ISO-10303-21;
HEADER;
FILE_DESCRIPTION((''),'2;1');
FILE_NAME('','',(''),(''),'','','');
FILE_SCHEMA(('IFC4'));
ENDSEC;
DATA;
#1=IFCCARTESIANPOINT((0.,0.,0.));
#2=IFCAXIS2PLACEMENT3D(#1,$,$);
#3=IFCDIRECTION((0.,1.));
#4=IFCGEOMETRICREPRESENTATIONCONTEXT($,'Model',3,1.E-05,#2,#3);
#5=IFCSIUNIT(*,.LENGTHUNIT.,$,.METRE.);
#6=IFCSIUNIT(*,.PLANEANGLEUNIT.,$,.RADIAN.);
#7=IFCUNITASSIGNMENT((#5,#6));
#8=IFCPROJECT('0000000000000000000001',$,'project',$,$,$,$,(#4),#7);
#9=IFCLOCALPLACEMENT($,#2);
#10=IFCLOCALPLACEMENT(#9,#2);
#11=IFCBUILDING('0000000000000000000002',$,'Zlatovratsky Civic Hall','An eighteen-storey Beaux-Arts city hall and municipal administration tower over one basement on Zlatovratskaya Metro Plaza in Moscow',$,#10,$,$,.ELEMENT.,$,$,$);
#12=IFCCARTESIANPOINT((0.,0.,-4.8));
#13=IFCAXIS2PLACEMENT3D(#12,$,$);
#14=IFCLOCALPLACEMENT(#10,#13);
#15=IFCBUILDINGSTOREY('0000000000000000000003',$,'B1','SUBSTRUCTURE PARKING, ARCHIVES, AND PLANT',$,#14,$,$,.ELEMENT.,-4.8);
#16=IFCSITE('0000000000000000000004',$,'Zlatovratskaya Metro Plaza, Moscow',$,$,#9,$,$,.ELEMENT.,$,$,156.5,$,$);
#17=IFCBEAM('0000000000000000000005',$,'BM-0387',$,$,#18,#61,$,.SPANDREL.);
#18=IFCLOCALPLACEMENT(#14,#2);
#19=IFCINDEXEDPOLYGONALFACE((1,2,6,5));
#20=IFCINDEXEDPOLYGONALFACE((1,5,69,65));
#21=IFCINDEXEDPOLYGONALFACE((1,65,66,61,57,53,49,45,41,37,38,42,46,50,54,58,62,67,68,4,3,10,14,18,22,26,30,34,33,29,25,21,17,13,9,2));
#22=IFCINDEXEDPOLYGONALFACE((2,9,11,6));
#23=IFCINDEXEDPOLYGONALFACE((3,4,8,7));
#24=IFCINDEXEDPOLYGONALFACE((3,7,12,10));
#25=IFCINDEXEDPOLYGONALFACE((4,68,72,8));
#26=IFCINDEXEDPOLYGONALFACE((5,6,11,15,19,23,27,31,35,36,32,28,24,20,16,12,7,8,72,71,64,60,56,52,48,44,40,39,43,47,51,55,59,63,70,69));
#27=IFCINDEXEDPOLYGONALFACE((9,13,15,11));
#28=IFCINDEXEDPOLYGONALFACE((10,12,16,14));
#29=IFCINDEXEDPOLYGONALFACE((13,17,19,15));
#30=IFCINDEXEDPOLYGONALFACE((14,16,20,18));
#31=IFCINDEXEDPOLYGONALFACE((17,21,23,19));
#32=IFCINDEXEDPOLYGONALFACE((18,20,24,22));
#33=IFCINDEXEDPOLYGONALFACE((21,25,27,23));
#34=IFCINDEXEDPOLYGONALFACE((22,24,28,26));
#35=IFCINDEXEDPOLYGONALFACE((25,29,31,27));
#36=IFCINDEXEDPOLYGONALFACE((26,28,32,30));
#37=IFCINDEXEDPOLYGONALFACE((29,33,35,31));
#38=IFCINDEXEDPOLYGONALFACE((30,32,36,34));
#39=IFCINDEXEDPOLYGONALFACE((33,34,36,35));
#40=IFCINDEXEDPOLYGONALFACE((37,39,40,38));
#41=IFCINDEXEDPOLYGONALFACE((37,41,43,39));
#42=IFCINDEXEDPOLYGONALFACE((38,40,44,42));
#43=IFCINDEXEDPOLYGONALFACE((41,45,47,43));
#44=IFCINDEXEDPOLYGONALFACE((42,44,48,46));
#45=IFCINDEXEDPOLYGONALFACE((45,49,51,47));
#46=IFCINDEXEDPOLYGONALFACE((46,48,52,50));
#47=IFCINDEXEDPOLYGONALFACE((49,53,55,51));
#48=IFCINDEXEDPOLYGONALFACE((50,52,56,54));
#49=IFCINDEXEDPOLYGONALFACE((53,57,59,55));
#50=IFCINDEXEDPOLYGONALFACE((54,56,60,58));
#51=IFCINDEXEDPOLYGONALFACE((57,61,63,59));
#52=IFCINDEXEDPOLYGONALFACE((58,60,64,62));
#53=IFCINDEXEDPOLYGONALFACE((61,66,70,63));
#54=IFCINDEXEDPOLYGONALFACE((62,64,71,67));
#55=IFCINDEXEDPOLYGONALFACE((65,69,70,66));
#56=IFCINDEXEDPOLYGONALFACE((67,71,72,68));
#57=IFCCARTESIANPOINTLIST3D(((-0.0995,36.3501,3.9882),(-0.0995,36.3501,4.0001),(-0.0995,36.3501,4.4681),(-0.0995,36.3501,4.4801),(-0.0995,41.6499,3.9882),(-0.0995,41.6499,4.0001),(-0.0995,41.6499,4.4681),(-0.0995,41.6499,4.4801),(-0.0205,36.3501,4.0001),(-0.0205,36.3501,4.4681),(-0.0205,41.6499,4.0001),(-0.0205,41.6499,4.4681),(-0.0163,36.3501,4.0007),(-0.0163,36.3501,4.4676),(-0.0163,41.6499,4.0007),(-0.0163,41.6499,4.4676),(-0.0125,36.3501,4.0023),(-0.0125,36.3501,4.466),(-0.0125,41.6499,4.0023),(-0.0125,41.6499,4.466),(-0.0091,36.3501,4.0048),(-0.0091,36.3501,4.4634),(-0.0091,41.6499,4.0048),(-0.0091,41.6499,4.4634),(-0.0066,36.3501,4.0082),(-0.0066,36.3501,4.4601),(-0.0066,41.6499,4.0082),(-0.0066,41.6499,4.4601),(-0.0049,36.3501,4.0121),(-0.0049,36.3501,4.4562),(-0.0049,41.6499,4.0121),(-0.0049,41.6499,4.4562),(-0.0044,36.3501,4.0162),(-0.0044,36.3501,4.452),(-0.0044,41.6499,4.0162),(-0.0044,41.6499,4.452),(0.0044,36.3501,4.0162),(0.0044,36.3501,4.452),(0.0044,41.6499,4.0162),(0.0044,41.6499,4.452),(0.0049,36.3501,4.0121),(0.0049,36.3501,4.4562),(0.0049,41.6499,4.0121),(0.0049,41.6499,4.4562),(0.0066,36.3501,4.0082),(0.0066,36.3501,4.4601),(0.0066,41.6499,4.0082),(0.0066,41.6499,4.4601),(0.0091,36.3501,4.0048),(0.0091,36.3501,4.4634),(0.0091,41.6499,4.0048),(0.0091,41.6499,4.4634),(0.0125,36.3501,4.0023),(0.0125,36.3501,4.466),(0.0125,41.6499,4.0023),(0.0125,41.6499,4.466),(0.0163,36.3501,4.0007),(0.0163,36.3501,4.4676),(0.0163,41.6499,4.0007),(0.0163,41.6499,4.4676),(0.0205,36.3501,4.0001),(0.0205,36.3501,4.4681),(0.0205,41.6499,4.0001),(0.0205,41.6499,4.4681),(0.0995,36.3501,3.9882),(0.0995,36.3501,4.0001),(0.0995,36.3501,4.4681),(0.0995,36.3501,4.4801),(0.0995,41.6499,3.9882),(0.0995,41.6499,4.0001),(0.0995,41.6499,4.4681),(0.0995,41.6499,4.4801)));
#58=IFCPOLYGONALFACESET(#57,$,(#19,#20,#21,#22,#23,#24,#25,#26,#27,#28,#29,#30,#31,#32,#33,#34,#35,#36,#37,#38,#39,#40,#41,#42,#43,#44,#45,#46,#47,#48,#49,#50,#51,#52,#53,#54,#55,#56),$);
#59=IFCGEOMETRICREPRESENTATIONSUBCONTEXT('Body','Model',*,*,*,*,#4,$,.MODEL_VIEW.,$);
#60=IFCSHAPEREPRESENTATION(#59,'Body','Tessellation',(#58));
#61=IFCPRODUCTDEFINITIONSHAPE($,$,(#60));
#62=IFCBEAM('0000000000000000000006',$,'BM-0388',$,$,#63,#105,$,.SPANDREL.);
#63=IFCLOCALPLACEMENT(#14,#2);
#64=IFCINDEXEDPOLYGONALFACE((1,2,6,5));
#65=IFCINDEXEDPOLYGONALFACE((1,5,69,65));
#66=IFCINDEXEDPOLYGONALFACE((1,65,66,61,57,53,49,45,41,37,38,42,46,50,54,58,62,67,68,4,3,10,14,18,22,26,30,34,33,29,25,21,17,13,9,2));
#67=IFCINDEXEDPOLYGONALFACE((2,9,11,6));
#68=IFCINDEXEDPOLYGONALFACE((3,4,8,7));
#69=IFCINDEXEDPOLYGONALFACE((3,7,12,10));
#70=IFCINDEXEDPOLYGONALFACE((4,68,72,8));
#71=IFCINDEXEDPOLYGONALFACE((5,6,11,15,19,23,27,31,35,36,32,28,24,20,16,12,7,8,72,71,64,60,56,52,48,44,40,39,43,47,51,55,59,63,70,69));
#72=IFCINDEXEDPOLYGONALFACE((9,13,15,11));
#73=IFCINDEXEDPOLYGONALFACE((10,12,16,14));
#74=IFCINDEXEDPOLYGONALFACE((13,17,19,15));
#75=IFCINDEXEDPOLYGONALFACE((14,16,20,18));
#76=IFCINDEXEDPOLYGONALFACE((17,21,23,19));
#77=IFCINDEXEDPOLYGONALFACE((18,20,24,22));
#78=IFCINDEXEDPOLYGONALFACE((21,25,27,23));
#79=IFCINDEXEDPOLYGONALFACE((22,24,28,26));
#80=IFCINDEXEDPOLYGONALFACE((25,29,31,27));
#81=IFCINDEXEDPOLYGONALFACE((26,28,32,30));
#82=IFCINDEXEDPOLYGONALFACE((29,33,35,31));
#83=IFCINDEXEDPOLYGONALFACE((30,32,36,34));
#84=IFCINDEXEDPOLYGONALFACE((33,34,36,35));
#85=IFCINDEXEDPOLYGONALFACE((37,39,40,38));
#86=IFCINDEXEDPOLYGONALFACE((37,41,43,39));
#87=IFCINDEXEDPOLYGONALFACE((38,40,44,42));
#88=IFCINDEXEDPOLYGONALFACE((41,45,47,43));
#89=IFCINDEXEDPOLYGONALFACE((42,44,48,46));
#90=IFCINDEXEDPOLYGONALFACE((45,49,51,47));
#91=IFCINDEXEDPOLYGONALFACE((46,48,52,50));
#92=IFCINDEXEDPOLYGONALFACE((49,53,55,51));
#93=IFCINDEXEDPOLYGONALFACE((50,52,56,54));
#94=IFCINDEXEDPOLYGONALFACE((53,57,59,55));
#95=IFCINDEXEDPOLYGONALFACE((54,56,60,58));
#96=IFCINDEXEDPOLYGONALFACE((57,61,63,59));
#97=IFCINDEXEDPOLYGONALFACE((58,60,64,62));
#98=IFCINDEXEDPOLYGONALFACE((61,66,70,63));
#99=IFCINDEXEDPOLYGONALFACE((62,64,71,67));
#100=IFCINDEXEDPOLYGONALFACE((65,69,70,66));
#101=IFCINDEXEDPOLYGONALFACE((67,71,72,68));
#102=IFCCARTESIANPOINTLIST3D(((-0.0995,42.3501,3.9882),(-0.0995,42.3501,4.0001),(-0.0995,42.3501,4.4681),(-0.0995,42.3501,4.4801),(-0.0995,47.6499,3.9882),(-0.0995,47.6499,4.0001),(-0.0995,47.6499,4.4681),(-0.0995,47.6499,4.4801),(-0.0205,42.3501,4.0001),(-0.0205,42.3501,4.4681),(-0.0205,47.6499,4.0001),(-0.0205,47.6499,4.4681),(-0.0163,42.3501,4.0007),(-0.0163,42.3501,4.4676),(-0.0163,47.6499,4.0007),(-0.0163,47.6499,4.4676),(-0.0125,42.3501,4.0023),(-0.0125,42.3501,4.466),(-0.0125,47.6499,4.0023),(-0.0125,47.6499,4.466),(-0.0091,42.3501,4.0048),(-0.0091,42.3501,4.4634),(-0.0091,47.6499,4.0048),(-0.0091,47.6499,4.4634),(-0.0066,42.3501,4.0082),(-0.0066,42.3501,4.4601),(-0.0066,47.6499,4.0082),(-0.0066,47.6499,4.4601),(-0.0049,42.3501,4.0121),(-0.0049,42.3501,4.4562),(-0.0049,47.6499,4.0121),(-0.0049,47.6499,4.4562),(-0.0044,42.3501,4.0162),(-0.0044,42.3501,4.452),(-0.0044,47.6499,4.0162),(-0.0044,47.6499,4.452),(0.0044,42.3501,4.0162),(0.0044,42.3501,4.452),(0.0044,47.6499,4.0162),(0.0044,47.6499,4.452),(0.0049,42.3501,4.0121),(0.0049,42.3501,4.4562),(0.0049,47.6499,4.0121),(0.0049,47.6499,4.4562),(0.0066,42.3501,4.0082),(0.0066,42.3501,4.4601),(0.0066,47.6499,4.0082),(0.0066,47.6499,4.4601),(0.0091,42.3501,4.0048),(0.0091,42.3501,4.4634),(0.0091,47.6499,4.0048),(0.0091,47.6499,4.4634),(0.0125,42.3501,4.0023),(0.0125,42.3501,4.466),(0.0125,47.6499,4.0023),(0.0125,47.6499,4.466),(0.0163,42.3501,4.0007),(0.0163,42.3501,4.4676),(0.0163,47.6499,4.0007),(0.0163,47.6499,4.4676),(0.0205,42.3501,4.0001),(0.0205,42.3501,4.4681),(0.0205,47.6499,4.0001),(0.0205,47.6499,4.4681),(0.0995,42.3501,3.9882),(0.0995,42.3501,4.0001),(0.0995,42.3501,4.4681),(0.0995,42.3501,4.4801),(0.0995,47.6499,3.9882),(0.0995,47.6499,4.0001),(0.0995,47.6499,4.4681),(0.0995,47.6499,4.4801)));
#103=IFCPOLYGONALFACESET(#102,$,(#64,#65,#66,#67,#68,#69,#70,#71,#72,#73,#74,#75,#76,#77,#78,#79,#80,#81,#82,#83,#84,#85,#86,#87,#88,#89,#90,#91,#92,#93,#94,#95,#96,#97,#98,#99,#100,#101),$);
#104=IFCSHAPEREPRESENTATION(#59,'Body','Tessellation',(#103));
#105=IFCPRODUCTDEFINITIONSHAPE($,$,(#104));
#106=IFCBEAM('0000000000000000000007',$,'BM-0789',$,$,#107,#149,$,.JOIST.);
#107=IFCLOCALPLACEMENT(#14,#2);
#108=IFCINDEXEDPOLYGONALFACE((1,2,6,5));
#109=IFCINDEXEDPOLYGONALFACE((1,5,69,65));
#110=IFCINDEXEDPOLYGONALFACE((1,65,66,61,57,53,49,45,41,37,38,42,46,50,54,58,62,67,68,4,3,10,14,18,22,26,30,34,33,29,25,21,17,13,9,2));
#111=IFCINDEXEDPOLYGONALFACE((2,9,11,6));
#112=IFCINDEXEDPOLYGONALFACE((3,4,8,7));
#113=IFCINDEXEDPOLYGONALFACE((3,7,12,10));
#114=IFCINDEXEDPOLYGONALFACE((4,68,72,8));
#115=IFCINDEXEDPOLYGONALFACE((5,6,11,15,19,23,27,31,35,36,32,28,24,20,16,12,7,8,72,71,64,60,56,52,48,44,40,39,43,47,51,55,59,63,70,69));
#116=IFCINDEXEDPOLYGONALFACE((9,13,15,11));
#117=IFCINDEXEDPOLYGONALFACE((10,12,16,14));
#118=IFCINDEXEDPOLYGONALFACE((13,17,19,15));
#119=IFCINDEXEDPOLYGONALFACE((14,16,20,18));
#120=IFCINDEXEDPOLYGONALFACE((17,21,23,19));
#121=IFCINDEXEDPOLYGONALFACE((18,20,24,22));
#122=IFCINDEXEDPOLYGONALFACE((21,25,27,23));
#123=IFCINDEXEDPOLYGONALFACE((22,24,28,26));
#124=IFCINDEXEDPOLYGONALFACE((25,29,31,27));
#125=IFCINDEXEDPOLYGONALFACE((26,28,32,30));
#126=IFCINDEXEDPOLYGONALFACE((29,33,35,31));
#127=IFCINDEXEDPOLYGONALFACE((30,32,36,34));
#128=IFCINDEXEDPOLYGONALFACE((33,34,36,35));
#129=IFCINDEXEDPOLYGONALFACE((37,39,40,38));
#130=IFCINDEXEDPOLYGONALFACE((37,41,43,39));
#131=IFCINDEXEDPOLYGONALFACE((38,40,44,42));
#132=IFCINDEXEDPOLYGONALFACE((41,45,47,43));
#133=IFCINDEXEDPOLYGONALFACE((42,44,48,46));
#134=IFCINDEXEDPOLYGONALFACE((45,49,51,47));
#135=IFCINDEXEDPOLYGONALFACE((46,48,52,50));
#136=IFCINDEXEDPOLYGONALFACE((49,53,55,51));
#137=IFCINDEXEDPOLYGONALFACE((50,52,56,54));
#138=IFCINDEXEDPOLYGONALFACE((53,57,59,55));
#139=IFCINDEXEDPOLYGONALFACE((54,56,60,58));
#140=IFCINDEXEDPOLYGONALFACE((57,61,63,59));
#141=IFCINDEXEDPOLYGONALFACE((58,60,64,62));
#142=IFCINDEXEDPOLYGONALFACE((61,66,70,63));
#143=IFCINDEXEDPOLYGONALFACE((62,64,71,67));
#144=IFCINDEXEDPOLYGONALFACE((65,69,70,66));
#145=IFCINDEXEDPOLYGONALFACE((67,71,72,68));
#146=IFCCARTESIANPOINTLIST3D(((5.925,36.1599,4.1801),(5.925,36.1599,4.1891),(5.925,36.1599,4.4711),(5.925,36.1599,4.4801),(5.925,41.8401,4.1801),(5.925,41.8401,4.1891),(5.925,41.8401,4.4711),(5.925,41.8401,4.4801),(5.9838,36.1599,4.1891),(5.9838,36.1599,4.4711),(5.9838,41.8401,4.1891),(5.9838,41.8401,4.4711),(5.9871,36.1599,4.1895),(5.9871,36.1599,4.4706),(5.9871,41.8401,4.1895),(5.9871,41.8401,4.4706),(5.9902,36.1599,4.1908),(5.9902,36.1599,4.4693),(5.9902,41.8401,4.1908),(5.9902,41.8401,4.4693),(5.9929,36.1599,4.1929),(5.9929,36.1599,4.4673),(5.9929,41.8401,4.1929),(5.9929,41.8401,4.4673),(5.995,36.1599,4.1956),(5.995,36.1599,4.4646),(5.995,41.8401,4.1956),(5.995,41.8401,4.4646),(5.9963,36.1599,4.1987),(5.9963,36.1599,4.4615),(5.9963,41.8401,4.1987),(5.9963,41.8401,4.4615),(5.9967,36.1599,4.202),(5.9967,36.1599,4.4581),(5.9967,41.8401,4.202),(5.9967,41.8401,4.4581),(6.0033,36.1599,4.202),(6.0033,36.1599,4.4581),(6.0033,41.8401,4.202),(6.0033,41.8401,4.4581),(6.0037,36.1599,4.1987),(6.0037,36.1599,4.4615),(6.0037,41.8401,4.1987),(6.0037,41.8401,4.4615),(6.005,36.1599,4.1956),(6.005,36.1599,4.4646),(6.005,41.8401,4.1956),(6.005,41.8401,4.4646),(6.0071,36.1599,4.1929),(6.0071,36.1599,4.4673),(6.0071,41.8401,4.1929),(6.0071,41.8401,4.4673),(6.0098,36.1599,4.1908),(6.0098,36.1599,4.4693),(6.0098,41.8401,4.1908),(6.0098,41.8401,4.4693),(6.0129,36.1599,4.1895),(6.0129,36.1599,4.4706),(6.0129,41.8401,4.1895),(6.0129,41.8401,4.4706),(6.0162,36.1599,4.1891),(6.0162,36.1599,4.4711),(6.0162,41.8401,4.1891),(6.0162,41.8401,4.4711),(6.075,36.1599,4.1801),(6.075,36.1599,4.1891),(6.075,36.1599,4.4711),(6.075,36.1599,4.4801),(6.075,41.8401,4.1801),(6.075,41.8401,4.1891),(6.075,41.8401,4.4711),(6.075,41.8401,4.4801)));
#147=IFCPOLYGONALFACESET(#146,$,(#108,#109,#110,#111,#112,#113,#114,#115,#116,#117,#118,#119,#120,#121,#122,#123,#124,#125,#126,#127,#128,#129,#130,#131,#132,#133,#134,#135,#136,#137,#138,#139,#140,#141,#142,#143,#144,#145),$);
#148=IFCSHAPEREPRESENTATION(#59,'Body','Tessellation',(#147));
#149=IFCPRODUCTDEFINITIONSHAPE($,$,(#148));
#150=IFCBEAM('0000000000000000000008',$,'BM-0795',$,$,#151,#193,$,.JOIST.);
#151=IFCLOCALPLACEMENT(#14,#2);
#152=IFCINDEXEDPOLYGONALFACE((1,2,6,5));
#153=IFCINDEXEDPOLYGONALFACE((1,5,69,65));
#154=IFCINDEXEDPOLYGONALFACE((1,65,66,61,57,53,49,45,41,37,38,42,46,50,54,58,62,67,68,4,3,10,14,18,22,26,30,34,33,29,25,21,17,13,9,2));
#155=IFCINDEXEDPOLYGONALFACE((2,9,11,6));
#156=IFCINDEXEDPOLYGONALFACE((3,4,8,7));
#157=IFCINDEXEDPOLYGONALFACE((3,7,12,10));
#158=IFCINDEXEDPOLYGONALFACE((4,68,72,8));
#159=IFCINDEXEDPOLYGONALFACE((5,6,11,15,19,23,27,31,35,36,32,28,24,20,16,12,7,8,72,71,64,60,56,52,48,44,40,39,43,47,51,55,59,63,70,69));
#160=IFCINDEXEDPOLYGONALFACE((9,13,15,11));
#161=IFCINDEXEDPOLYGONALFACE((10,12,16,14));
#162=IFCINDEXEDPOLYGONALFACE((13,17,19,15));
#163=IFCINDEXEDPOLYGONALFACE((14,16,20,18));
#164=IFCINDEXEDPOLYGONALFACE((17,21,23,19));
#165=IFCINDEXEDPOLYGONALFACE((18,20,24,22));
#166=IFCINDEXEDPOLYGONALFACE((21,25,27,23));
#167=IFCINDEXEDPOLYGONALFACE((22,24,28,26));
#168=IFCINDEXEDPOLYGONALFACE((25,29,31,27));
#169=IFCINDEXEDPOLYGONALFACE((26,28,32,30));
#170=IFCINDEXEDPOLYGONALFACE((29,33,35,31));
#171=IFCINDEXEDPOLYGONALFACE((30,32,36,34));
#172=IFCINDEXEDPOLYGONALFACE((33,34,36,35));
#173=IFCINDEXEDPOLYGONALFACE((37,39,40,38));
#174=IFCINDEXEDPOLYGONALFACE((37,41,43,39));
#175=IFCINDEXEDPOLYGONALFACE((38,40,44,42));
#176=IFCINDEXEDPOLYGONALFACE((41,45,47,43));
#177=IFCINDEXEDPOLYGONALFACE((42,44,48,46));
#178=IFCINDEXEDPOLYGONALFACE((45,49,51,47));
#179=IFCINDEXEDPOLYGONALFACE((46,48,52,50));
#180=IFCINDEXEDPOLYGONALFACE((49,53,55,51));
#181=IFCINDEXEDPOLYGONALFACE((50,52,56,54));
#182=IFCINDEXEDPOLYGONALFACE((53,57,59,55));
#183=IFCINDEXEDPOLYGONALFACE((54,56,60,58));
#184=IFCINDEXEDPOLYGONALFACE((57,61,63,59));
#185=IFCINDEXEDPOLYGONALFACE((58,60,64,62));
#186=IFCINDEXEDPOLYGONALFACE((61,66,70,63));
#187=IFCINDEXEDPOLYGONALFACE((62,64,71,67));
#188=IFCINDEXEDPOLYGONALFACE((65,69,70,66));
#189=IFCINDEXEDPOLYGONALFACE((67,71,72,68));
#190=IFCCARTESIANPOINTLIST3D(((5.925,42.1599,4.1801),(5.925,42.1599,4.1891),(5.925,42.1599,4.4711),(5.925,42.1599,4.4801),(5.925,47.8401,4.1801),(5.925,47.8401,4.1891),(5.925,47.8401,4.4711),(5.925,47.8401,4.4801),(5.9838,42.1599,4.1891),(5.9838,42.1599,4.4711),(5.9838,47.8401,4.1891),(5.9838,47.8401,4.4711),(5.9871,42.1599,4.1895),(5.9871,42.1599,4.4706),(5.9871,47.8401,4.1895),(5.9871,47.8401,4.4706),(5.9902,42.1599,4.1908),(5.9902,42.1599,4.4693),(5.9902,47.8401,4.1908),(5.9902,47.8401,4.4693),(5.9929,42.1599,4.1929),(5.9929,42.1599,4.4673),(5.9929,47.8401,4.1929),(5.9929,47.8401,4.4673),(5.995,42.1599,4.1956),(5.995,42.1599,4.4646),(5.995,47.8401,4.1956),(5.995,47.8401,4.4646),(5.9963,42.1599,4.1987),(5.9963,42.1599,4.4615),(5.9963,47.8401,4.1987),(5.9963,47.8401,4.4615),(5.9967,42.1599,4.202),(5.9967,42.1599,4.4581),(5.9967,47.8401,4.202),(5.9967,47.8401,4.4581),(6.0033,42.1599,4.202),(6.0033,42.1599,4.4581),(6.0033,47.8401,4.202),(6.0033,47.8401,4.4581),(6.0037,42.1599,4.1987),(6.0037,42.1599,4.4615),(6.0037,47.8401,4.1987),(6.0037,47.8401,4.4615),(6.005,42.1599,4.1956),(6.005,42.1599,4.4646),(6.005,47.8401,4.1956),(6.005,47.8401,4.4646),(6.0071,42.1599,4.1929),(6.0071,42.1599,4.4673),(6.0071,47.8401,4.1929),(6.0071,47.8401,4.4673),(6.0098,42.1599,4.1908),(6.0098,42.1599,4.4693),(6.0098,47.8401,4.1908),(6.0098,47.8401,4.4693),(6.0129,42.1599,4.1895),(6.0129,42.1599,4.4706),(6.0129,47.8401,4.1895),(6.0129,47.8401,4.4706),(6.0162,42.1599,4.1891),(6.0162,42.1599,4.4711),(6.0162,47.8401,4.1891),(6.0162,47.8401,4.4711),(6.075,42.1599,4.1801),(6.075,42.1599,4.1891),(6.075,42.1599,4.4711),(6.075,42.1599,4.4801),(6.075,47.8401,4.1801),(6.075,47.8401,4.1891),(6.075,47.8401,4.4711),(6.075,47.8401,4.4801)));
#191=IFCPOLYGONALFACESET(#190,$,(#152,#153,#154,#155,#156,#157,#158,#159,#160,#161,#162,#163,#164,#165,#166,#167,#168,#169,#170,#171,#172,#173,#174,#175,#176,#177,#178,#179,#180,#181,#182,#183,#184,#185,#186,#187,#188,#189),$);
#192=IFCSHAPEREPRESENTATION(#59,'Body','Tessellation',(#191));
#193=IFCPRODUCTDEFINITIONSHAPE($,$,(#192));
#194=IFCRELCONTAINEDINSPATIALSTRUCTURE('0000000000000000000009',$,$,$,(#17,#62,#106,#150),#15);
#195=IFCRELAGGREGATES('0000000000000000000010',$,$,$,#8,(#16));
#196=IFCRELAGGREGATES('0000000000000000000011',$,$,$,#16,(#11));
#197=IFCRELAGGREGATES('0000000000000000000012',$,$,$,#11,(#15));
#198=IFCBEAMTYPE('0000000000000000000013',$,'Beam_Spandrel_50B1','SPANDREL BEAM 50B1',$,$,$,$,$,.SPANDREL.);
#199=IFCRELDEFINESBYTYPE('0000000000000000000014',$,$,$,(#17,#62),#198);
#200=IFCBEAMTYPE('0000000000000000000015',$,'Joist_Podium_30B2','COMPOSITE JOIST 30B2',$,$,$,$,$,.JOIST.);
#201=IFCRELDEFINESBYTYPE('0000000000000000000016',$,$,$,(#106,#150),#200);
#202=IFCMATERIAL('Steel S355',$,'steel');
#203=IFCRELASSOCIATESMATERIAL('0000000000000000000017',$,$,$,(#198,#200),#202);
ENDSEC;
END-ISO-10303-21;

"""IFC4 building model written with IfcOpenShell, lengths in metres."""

from ifc_helpers import new_model, si_unit, direction, frame, origin, origin_2d, place, context, subcontext, project, spatial, i_section, extrude, material, material_profile, profile_set, type_object, element, save


model = new_model("IFC4")

# Units and contexts
model_context = context("Model", 3, precision=1e-05, world=origin(), true_north=direction((0.0, 1.0)))
body_context = subcontext(model_context, "Body", "Model", "MODEL_VIEW")
ifc_project = project(units=[si_unit("LENGTHUNIT", "METRE"), si_unit("PLANEANGLEUNIT", "RADIAN")], contexts=[model_context])

# Site, building, storey
site_placement = place(None, origin())
site = spatial("IfcSite", under=ifc_project, at=site_placement, Name="Zlatovratskaya Metro Plaza, Moscow", CompositionType="ELEMENT", RefElevation=156.5)
building_placement = place(site_placement, origin())
building = spatial("IfcBuilding", under=site, at=building_placement, Name="Zlatovratsky Civic Hall", Description="An eighteen-storey Beaux-Arts city hall and municipal administration tower over one basement on Zlatovratskaya Metro Plaza in Moscow", CompositionType="ELEMENT")
storey_placement = place(building_placement, frame((0.0, 0.0, -4.8)))
storey = spatial("IfcBuildingStorey", under=building, at=storey_placement, Name="B1", Description="SUBSTRUCTURE PARKING, ARCHIVES, AND PLANT", CompositionType="ELEMENT", Elevation=-4.8)

# Beams
ifc_material_1 = material(Name="Steel S355", Category="steel")
ifc_material_profile_1 = material_profile(ifc_material_1, i_section(OverallWidth=0.199, OverallDepth=0.4919, WebThickness=0.0088, FlangeThickness=0.012, FilletRadius=0.0161, at=origin_2d()), Name="50B1")
ifc_profile_set_1 = profile_set([ifc_material_profile_1], Name="Steel S355")
beam_type_1 = type_object("IfcBeamType", Name="Beam_Spandrel_50B1", Description="SPANDREL BEAM 50B1", PredefinedType="SPANDREL", material=ifc_profile_set_1)
for number, where, z_axis, x_axis, name in (
    (1, (0.0, 36.3501, 4.2341), (0.0, 1.0, 0.0), (-1.0, 0.0, 0.0), "BM-0387"),
    (2, (0.0, 42.3501, 4.2341), (0.0, 1.0, 0.0), (-1.0, 0.0, 0.0), "BM-0388"),
):
    element("IfcBeam", number, at=place(storey_placement, frame(where, z_axis=z_axis, x_axis=x_axis)), inside=storey, type_object=beam_type_1, Name=name, PredefinedType="SPANDREL", context=body_context, shape_type="SweptSolid", body=[
        extrude(i_section(OverallWidth=0.199, OverallDepth=0.4919, WebThickness=0.0088, FlangeThickness=0.012, FilletRadius=0.0161, at=origin_2d()), origin(), (0.0, 0.0, 1.0), 5.2998),
    ])
ifc_material_profile_2 = material_profile(ifc_material_1, i_section(OverallWidth=0.1499, OverallDepth=0.3, WebThickness=0.0066, FlangeThickness=0.009, FilletRadius=0.0129, at=origin_2d()), Name="30B2")
ifc_profile_set_2 = profile_set([ifc_material_profile_2], Name="Steel S355")
beam_type_2 = type_object("IfcBeamType", Name="Joist_Podium_30B2", Description="COMPOSITE JOIST 30B2", PredefinedType="JOIST", material=ifc_profile_set_2)
for number, where, z_axis, x_axis, name in (
    (3, (6.0, 36.1599, 4.3301), (0.0, 1.0, 0.0), (-1.0, 0.0, 0.0), "BM-0789"),
    (4, (6.0, 42.1599, 4.3301), (0.0, 1.0, 0.0), (-1.0, 0.0, 0.0), "BM-0795"),
):
    element("IfcBeam", number, at=place(storey_placement, frame(where, z_axis=z_axis, x_axis=x_axis)), inside=storey, type_object=beam_type_2, Name=name, PredefinedType="JOIST", context=body_context, shape_type="SweptSolid", body=[
        extrude(i_section(OverallWidth=0.1499, OverallDepth=0.3, WebThickness=0.0066, FlangeThickness=0.009, FilletRadius=0.0129, at=origin_2d()), origin(), (0.0, 0.0, 1.0), 5.6802),
    ])

save(model, "model.ifc")
